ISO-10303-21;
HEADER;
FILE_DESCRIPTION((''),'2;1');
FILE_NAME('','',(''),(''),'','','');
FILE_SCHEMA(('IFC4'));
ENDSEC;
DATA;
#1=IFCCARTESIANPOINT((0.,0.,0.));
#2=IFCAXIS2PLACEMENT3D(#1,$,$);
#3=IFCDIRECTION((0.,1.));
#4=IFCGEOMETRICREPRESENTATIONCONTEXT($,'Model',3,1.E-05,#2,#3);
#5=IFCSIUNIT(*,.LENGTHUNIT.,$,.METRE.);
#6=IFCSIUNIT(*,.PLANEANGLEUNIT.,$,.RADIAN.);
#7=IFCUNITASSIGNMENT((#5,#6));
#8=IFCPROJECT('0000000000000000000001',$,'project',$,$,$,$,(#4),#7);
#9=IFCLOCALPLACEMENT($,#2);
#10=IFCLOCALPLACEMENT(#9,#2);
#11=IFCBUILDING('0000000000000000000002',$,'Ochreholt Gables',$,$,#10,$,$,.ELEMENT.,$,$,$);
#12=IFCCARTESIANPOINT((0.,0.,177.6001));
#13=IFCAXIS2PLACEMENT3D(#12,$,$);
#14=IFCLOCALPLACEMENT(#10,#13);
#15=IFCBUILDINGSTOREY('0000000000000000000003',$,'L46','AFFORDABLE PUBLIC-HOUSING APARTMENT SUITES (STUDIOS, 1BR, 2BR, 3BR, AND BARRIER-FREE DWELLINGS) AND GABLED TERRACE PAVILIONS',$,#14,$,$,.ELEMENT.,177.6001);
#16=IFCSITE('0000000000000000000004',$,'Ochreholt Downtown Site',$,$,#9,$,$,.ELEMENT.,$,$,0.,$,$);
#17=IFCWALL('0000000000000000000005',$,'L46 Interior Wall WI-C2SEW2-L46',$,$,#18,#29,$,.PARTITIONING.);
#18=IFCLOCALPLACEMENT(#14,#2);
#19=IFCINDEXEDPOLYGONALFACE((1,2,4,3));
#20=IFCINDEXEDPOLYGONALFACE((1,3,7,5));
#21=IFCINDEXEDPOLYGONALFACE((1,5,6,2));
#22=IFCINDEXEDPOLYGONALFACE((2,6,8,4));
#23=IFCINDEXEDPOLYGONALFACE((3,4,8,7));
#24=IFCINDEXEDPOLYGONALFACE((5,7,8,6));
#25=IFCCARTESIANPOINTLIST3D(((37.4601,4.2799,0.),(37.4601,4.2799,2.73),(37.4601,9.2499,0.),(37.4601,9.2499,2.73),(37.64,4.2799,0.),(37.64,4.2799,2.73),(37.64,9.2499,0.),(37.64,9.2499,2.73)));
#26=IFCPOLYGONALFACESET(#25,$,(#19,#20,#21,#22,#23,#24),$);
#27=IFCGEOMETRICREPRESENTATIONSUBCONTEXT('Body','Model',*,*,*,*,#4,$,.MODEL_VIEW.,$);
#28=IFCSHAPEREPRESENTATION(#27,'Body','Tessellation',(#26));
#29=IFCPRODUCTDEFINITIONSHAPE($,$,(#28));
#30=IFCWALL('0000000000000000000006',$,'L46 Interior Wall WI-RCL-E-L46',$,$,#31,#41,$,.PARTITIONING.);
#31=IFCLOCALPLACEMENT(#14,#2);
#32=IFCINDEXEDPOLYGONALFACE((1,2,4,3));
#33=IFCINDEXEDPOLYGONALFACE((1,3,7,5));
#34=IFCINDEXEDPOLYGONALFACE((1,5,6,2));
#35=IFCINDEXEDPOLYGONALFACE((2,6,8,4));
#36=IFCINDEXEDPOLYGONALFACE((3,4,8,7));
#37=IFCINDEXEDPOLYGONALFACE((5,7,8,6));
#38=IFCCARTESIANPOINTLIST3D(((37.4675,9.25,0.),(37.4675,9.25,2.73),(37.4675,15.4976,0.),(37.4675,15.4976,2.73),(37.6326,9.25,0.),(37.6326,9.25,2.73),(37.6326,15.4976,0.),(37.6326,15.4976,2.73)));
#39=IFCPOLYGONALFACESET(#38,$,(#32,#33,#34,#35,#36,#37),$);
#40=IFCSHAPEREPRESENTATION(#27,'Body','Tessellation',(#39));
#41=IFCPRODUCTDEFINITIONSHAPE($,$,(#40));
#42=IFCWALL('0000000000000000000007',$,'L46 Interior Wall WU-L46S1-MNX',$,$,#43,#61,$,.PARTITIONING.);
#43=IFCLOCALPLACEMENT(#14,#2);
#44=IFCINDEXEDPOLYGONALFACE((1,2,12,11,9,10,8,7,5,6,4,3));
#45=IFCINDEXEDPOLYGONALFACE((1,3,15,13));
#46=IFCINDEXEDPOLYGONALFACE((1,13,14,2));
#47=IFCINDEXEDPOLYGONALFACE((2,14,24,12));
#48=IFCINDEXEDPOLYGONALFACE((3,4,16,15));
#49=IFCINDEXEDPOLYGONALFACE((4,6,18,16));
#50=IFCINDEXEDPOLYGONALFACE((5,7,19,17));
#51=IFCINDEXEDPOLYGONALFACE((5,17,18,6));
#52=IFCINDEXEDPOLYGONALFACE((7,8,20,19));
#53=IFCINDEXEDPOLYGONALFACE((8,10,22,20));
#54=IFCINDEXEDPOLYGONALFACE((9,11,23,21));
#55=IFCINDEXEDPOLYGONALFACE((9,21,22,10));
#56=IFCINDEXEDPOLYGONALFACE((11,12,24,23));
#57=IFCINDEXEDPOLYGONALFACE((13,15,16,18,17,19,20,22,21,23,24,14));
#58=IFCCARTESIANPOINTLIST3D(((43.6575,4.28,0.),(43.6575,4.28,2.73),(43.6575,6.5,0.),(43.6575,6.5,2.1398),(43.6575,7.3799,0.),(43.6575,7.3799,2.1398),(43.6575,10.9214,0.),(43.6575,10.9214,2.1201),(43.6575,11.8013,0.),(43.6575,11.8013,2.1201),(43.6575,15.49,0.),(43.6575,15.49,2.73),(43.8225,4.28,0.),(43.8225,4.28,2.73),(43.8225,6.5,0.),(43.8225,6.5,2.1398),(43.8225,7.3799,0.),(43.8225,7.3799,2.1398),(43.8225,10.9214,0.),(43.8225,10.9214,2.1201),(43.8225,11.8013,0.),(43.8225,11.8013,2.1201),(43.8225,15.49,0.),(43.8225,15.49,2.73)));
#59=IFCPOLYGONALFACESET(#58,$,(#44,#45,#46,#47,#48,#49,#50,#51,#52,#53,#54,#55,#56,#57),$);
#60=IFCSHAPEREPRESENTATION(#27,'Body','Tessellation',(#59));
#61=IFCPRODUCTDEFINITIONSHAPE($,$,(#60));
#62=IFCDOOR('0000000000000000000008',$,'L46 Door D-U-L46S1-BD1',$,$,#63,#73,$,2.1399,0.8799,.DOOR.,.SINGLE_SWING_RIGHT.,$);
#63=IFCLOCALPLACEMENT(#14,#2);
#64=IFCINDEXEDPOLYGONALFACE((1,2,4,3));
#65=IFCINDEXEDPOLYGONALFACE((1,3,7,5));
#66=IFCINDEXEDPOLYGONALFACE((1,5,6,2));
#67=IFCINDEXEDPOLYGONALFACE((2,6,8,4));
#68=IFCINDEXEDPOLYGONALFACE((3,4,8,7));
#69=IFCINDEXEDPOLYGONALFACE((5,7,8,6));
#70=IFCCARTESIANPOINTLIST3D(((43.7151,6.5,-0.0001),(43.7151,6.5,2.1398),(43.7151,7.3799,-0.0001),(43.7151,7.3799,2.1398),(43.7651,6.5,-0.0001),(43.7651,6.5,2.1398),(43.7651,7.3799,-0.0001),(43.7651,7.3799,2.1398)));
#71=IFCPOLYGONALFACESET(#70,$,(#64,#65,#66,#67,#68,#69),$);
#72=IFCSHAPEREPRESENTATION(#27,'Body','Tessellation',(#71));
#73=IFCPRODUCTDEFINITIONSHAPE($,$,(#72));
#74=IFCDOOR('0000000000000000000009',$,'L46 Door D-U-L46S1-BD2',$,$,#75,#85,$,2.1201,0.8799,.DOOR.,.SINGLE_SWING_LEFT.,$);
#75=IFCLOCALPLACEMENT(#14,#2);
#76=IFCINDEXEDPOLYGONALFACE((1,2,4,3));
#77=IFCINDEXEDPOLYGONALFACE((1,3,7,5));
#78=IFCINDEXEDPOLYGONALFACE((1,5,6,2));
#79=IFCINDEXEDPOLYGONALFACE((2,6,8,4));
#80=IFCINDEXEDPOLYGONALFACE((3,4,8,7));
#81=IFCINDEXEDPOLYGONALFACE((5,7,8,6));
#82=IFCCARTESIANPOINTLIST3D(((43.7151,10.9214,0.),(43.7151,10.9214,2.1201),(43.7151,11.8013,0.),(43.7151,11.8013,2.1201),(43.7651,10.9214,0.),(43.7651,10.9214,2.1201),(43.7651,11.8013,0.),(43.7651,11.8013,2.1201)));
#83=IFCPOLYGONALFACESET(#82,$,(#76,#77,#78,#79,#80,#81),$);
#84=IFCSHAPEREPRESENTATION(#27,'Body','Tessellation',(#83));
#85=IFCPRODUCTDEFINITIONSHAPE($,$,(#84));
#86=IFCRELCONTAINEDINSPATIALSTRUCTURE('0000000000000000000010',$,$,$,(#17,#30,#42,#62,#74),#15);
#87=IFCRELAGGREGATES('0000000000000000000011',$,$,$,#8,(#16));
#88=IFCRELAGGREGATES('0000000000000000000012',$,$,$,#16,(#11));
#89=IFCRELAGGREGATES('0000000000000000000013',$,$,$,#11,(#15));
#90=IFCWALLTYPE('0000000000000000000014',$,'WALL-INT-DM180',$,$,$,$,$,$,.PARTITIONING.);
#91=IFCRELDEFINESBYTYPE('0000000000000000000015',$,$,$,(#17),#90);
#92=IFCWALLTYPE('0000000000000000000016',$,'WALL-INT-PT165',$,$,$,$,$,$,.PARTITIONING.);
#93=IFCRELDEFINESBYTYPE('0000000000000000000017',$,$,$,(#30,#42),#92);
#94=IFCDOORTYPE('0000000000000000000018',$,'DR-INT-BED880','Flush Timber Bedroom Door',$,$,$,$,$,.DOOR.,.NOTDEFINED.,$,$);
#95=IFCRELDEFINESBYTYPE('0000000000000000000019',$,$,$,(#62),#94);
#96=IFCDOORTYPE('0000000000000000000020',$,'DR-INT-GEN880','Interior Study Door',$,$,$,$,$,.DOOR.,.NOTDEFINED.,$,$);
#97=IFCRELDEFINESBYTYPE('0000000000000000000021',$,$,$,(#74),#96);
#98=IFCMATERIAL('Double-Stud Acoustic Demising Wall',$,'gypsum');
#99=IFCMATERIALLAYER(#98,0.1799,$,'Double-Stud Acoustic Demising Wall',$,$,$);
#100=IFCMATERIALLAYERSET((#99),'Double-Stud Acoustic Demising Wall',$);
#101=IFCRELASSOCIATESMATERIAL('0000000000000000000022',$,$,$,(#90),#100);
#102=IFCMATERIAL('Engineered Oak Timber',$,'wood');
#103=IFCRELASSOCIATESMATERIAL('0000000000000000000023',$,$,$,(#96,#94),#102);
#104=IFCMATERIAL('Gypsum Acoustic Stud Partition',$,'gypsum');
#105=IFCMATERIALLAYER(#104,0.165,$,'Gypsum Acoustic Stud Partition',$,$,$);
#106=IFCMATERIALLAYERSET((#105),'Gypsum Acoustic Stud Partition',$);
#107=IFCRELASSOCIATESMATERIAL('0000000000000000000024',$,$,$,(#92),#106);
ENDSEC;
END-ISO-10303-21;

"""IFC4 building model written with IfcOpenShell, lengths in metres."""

from ifc_helpers import new_model, si_unit, direction, frame, frame_2d, origin, place, context, subcontext, project, spatial, rectangle, extrude, material, layer, layer_set, type_object, element, fill, save


model = new_model("IFC4")

# Units and contexts
model_context = context("Model", 3, precision=1e-05, world=origin(), true_north=direction((0.0, 1.0)))
body_context = subcontext(model_context, "Body", "Model", "MODEL_VIEW")
ifc_project = project(units=[si_unit("LENGTHUNIT", "METRE"), si_unit("PLANEANGLEUNIT", "RADIAN")], contexts=[model_context])

# Site, building, storey
site_placement = place(None, origin())
site = spatial("IfcSite", under=ifc_project, at=site_placement, Name="Ochreholt Downtown Site", CompositionType="ELEMENT", RefElevation=0.0)
building_placement = place(site_placement, origin())
building = spatial("IfcBuilding", under=site, at=building_placement, Name="Ochreholt Gables", CompositionType="ELEMENT")
storey_placement = place(building_placement, frame((0.0, 0.0, 177.6001)))
storey = spatial("IfcBuildingStorey", under=building, at=storey_placement, Name="L46", Description="AFFORDABLE PUBLIC-HOUSING APARTMENT SUITES (STUDIOS, 1BR, 2BR, 3BR, AND BARRIER-FREE DWELLINGS) AND GABLED TERRACE PAVILIONS", CompositionType="ELEMENT", Elevation=177.6001)

# Shared definitions
ifc_material_1 = material(Name="Double-Stud Acoustic Demising Wall", Category="gypsum")
ifc_layer_1 = layer(ifc_material_1, 0.1799, Name="Double-Stud Acoustic Demising Wall")
ifc_layer_set_1 = layer_set([ifc_layer_1], Name="Double-Stud Acoustic Demising Wall")
wall_type_1 = type_object("IfcWallType", Name="WALL-INT-DM180", PredefinedType="PARTITIONING", material=ifc_layer_set_1)
ifc_material_2 = material(Name="Engineered Oak Timber", Category="wood")
door_type_1 = type_object("IfcDoorType", Name="DR-INT-GEN880", Description="Interior Study Door", OperationType="NOTDEFINED", PredefinedType="DOOR", material=ifc_material_2)

# Walls
wall_1_placement = place(storey_placement, frame((37.55, 4.28, 0.0), z_axis=(0.0, 0.0, 1.0), x_axis=(0.0, 1.0, 0.0)))
element("IfcWall", 1, at=wall_1_placement, inside=storey, type_object=wall_type_1, Name="L46 Interior Wall WI-C2SEW2-L46", PredefinedType="PARTITIONING", context=body_context, shape_type="SweptSolid", body=[
    extrude(rectangle(XDim=4.97, YDim=0.1799, at=frame_2d((2.4849, 0.0))), origin(), (0.0, 0.0, 1.0), 2.73),
])
ifc_material_3 = material(Name="Gypsum Acoustic Stud Partition", Category="gypsum")
ifc_layer_2 = layer(ifc_material_3, 0.165, Name="Gypsum Acoustic Stud Partition")
ifc_layer_set_2 = layer_set([ifc_layer_2], Name="Gypsum Acoustic Stud Partition")
wall_type_2 = type_object("IfcWallType", Name="WALL-INT-PT165", PredefinedType="PARTITIONING", material=ifc_layer_set_2)
wall_2_placement = place(storey_placement, frame((37.55, 9.25, 0.0), z_axis=(0.0, 0.0, 1.0), x_axis=(0.0, 1.0, 0.0)))
element("IfcWall", 2, at=wall_2_placement, inside=storey, type_object=wall_type_2, Name="L46 Interior Wall WI-RCL-E-L46", PredefinedType="PARTITIONING", context=body_context, shape_type="SweptSolid", body=[
    extrude(rectangle(XDim=6.2476, YDim=0.165, at=frame_2d((3.1238, 0.0))), origin(), (0.0, 0.0, 1.0), 2.73),
])

# Wall, openings, doors
wall_3_placement = place(storey_placement, frame((43.74, 4.28, 0.0), z_axis=(0.0, 0.0, 1.0), x_axis=(0.0, 1.0, 0.0)))
wall_3 = element("IfcWall", 3, at=wall_3_placement, inside=storey, type_object=wall_type_2, Name="L46 Interior Wall WU-L46S1-MNX", PredefinedType="PARTITIONING", context=body_context, shape_type="SweptSolid", body=[
    extrude(rectangle(XDim=11.21, YDim=0.165, at=frame_2d((5.605, 0.0))), origin(), (0.0, 0.0, 1.0), 2.73),
])
opening_1_placement = place(wall_3_placement, frame((2.22, 0.0, 0.0)))
opening_1 = element("IfcOpeningElement", 4, at=opening_1_placement, cuts=wall_3, PredefinedType="OPENING", context=body_context, shape_type="SweptSolid", body=[
    extrude(rectangle(XDim=0.8799, YDim=2.1399, at=frame_2d((0.4399, 1.0698))), frame((0.0, 0.0925, 0.0), z_axis=(0.0, -1.0, 0.0), x_axis=(1.0, 0.0, 0.0)), (0.0, 0.0, 1.0), 0.1851),
])
opening_2_placement = place(wall_3_placement, frame((6.6414, 0.0, 0.0)))
opening_2 = element("IfcOpeningElement", 5, at=opening_2_placement, cuts=wall_3, PredefinedType="OPENING", context=body_context, shape_type="SweptSolid", body=[
    extrude(rectangle(XDim=0.8799, YDim=2.1201, at=frame_2d((0.4399, 1.0601))), frame((0.0, 0.0925, 0.0), z_axis=(0.0, -1.0, 0.0), x_axis=(1.0, 0.0, 0.0)), (0.0, 0.0, 1.0), 0.1851),
])
door_type_2 = type_object("IfcDoorType", Name="DR-INT-BED880", Description="Flush Timber Bedroom Door", OperationType="NOTDEFINED", PredefinedType="DOOR", material=ifc_material_2)
door_1_placement = place(opening_1_placement, origin())
door_1 = element("IfcDoor", 6, at=door_1_placement, inside=storey, type_object=door_type_2, Name="L46 Door D-U-L46S1-BD1", OperationType="SINGLE_SWING_RIGHT", OverallHeight=2.1399, OverallWidth=0.8799, PredefinedType="DOOR", context=body_context, shape_type="SweptSolid", body=[
    extrude(rectangle(XDim=0.8799, YDim=2.1399, at=frame_2d((0.4399, 1.0698))), frame((0.0, 0.0249, 0.0), z_axis=(0.0, -1.0, 0.0), x_axis=(1.0, 0.0, 0.0)), (0.0, 0.0, 1.0), 0.05),
])
fill(opening_1, door_1)
door_2_placement = place(opening_2_placement, origin())
door_2 = element("IfcDoor", 7, at=door_2_placement, inside=storey, type_object=door_type_1, Name="L46 Door D-U-L46S1-BD2", OperationType="SINGLE_SWING_LEFT", OverallHeight=2.1201, OverallWidth=0.8799, PredefinedType="DOOR", context=body_context, shape_type="SweptSolid", body=[
    extrude(rectangle(XDim=0.8799, YDim=2.1201, at=frame_2d((0.4399, 1.0601))), frame((0.0, 0.0249, 0.0), z_axis=(0.0, -1.0, 0.0), x_axis=(1.0, 0.0, 0.0)), (0.0, 0.0, 1.0), 0.05),
])
fill(opening_2, door_2)

save(model, "model.ifc")
